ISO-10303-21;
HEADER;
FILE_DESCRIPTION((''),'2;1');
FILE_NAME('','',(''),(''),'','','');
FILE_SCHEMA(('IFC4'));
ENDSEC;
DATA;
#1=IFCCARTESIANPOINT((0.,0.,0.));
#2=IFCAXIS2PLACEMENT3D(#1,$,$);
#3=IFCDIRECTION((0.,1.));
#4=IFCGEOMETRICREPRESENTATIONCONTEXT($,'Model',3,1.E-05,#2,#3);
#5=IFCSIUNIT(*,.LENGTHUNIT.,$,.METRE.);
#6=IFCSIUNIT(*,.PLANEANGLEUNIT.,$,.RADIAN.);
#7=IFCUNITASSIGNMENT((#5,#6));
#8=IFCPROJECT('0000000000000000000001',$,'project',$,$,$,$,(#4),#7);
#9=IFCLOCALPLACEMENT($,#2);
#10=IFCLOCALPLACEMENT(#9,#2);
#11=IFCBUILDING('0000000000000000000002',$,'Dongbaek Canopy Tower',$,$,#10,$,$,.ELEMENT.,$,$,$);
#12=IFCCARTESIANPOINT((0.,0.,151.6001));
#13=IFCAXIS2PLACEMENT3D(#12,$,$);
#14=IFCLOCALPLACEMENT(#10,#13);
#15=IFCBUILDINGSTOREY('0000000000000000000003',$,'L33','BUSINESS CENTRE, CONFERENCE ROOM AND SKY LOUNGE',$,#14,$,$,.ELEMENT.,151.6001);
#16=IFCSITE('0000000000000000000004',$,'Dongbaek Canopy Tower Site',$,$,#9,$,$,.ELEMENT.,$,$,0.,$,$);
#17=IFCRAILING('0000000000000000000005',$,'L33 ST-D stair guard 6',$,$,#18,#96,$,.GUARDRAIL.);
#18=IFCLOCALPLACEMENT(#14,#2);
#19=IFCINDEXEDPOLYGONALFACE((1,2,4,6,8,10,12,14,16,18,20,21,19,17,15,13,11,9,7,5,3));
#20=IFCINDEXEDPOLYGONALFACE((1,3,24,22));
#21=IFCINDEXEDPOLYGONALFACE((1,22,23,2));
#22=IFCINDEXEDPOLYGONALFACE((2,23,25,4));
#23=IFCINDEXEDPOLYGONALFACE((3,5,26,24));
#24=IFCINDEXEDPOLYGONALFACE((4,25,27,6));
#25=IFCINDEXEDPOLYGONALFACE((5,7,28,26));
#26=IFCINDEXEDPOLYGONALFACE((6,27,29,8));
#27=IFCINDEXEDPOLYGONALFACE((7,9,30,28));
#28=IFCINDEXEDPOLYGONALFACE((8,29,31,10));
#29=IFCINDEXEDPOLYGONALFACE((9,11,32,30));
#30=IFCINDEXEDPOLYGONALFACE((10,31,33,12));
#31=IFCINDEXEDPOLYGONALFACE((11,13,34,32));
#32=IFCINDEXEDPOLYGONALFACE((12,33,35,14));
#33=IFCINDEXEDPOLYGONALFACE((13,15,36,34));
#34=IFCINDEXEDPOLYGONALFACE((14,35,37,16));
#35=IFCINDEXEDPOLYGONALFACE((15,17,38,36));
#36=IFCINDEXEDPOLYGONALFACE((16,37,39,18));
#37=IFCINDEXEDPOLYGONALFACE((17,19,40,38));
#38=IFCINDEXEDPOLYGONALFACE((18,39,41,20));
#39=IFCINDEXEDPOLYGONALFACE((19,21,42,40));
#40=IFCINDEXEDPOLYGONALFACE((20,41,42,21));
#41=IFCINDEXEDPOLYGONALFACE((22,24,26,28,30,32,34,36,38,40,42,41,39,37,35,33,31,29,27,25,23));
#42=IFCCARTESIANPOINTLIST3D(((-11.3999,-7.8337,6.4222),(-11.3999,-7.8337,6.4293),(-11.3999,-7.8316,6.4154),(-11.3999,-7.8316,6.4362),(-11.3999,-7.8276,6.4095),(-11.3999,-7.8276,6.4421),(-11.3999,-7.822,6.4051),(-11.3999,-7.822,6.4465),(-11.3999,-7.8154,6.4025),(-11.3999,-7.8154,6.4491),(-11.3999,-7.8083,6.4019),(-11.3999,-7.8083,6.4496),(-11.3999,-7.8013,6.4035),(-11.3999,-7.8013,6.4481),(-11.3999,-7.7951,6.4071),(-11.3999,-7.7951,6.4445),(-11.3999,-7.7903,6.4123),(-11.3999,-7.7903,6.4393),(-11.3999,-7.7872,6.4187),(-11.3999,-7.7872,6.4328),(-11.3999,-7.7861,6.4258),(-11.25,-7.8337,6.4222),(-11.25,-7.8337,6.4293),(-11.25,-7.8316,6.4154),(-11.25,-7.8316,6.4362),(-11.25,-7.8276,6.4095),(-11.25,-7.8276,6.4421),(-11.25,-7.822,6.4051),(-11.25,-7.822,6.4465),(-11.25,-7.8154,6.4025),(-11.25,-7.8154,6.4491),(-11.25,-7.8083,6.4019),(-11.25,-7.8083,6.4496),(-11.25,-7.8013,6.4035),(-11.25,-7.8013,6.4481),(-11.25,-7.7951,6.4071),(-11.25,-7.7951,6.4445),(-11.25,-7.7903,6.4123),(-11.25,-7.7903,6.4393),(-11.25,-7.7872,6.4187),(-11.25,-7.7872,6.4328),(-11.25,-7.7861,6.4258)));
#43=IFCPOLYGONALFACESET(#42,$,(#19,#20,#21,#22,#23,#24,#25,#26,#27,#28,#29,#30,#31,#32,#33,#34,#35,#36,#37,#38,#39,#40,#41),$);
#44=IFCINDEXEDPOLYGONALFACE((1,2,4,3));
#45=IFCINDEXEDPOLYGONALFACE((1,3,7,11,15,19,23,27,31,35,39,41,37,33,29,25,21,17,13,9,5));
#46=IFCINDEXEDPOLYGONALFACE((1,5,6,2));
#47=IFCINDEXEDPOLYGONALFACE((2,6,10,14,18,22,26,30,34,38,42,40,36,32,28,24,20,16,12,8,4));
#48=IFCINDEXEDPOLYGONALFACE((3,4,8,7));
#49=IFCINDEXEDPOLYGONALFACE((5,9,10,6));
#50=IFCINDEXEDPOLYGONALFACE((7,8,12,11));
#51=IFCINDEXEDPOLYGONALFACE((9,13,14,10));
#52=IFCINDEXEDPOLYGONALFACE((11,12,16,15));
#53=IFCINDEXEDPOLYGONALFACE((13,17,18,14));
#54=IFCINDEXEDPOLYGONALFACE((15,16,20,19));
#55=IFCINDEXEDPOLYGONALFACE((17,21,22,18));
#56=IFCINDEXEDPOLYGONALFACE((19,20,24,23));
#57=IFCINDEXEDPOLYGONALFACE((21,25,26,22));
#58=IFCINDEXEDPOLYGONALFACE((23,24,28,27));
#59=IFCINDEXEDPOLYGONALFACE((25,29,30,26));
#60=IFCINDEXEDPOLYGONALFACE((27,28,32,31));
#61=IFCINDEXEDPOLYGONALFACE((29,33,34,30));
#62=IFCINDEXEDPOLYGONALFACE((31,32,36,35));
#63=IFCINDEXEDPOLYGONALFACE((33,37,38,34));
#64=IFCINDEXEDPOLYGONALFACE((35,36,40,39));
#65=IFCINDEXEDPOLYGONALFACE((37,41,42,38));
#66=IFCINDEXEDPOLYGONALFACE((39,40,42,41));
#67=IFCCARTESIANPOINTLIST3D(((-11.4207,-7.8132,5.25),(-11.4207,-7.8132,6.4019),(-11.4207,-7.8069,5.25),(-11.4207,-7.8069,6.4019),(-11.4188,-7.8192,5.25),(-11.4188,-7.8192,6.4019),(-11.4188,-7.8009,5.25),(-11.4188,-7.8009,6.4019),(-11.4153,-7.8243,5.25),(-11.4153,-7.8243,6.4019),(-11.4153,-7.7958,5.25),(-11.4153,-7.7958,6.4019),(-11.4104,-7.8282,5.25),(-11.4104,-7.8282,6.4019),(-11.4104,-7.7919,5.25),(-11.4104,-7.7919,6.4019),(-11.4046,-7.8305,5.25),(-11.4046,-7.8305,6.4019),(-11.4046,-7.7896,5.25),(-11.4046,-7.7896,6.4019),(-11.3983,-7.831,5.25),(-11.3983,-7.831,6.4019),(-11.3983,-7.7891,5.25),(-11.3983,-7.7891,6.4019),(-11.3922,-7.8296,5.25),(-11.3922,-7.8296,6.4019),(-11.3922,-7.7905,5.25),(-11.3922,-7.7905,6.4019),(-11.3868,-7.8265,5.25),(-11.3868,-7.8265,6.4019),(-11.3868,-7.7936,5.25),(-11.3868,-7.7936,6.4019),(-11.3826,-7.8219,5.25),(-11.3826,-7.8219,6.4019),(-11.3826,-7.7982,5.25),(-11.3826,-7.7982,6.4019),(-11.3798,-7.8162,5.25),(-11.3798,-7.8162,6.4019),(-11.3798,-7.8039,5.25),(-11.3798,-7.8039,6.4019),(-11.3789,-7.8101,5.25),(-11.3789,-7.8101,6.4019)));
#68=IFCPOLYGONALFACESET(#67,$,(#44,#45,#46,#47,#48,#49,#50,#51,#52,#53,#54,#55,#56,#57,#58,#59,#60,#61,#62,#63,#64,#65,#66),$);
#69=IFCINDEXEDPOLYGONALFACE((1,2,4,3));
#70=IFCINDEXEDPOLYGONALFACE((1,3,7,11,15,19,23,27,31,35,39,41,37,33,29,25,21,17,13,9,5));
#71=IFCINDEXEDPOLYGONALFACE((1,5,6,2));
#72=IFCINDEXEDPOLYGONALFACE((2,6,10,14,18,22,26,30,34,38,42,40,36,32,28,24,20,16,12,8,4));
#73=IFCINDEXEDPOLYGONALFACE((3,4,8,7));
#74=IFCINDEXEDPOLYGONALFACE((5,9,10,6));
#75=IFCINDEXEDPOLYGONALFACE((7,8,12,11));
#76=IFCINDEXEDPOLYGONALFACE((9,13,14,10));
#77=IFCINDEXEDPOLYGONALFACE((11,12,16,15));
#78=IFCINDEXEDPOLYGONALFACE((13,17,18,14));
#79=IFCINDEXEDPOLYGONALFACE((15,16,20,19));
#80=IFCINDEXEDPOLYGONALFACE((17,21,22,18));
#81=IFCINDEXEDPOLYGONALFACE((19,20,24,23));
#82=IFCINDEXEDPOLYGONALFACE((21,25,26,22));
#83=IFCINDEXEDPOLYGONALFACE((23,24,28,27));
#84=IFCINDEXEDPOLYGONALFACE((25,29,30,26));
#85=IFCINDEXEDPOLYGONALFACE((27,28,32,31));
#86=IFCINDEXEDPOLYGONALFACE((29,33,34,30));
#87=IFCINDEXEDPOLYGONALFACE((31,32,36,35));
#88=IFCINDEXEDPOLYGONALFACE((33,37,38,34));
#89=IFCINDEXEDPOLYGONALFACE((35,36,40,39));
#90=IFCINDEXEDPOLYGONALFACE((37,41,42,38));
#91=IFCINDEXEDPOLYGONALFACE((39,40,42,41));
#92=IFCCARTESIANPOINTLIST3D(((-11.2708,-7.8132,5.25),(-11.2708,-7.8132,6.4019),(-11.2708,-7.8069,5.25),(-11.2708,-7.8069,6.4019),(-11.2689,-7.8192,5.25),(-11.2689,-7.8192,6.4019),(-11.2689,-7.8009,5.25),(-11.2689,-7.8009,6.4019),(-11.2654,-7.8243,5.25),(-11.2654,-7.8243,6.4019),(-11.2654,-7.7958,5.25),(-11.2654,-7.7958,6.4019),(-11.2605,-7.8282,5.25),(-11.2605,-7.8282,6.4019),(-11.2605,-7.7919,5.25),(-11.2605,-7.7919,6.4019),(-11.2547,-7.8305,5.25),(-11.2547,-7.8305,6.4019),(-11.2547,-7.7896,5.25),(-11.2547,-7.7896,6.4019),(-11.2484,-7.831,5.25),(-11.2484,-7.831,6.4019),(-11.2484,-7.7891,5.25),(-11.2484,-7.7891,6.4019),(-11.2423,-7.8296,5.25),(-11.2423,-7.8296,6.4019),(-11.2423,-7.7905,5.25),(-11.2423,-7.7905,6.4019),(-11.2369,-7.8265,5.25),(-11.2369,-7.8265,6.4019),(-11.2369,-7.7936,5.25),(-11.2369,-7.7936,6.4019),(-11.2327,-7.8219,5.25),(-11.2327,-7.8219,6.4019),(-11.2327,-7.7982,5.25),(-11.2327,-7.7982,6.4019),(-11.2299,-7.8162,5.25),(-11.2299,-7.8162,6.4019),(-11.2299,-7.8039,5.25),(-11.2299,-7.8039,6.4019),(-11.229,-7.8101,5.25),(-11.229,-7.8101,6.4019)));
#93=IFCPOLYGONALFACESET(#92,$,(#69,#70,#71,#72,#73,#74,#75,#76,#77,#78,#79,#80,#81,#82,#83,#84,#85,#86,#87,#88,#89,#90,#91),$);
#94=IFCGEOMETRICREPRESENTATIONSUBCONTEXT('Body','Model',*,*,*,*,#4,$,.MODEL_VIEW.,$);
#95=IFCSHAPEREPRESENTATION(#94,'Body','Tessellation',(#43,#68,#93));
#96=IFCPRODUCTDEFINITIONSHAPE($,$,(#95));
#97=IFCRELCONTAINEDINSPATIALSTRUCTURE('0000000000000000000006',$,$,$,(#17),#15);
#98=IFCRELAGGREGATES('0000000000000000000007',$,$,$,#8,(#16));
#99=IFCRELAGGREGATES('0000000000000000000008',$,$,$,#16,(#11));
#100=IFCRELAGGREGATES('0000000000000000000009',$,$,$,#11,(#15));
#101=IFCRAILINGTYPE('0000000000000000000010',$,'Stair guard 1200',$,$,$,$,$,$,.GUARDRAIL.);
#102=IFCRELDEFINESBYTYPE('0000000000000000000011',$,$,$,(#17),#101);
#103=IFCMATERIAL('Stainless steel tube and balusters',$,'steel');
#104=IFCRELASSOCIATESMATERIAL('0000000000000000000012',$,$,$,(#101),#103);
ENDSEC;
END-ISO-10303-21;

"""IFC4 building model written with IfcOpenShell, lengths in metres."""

from ifc_helpers import new_model, si_unit, direction, frame, origin, origin_2d, place, context, subcontext, project, spatial, circle, extrude, material, type_object, element, save


model = new_model("IFC4")

# Units and contexts
model_context = context("Model", 3, precision=1e-05, world=origin(), true_north=direction((0.0, 1.0)))
body_context = subcontext(model_context, "Body", "Model", "MODEL_VIEW")
ifc_project = project(units=[si_unit("LENGTHUNIT", "METRE"), si_unit("PLANEANGLEUNIT", "RADIAN")], contexts=[model_context])

# Site, building, storey
site_placement = place(None, origin())
site = spatial("IfcSite", under=ifc_project, at=site_placement, Name="Dongbaek Canopy Tower Site", CompositionType="ELEMENT", RefElevation=0.0)
building_placement = place(site_placement, origin())
building = spatial("IfcBuilding", under=site, at=building_placement, Name="Dongbaek Canopy Tower", CompositionType="ELEMENT")
storey_placement = place(building_placement, frame((0.0, 0.0, 151.6001)))
storey = spatial("IfcBuildingStorey", under=building, at=storey_placement, Name="L33", Description="BUSINESS CENTRE, CONFERENCE ROOM AND SKY LOUNGE", CompositionType="ELEMENT", Elevation=151.6001)

# Railing
ifc_material_1 = material(Name="Stainless steel tube and balusters", Category="steel")
railing_type_1 = type_object("IfcRailingType", Name="Stair guard 1200", PredefinedType="GUARDRAIL", material=ifc_material_1)
railing_1_placement = place(storey_placement, frame((-11.3999, -7.8101, 5.25)))
element("IfcRailing", 1, at=railing_1_placement, inside=storey, type_object=railing_type_1, Name="L33 ST-D stair guard 6", PredefinedType="GUARDRAIL", context=body_context, shape_type="SweptSolid", body=[
    extrude(circle(Radius=0.0239, at=origin_2d()), frame((0.0, 0.0, 1.1758), z_axis=(1.0, 0.0, 0.0), x_axis=(0.0, 1.0, 0.0)), (0.0, 0.0, 1.0), 0.1499),
    extrude(circle(Radius=0.021, at=origin_2d()), origin(), (0.0, 0.0, 1.0), 1.1519),
    extrude(circle(Radius=0.021, at=origin_2d()), frame((0.1499, 0.0, 0.0)), (0.0, 0.0, 1.0), 1.1519),
])

save(model, "model.ifc")
